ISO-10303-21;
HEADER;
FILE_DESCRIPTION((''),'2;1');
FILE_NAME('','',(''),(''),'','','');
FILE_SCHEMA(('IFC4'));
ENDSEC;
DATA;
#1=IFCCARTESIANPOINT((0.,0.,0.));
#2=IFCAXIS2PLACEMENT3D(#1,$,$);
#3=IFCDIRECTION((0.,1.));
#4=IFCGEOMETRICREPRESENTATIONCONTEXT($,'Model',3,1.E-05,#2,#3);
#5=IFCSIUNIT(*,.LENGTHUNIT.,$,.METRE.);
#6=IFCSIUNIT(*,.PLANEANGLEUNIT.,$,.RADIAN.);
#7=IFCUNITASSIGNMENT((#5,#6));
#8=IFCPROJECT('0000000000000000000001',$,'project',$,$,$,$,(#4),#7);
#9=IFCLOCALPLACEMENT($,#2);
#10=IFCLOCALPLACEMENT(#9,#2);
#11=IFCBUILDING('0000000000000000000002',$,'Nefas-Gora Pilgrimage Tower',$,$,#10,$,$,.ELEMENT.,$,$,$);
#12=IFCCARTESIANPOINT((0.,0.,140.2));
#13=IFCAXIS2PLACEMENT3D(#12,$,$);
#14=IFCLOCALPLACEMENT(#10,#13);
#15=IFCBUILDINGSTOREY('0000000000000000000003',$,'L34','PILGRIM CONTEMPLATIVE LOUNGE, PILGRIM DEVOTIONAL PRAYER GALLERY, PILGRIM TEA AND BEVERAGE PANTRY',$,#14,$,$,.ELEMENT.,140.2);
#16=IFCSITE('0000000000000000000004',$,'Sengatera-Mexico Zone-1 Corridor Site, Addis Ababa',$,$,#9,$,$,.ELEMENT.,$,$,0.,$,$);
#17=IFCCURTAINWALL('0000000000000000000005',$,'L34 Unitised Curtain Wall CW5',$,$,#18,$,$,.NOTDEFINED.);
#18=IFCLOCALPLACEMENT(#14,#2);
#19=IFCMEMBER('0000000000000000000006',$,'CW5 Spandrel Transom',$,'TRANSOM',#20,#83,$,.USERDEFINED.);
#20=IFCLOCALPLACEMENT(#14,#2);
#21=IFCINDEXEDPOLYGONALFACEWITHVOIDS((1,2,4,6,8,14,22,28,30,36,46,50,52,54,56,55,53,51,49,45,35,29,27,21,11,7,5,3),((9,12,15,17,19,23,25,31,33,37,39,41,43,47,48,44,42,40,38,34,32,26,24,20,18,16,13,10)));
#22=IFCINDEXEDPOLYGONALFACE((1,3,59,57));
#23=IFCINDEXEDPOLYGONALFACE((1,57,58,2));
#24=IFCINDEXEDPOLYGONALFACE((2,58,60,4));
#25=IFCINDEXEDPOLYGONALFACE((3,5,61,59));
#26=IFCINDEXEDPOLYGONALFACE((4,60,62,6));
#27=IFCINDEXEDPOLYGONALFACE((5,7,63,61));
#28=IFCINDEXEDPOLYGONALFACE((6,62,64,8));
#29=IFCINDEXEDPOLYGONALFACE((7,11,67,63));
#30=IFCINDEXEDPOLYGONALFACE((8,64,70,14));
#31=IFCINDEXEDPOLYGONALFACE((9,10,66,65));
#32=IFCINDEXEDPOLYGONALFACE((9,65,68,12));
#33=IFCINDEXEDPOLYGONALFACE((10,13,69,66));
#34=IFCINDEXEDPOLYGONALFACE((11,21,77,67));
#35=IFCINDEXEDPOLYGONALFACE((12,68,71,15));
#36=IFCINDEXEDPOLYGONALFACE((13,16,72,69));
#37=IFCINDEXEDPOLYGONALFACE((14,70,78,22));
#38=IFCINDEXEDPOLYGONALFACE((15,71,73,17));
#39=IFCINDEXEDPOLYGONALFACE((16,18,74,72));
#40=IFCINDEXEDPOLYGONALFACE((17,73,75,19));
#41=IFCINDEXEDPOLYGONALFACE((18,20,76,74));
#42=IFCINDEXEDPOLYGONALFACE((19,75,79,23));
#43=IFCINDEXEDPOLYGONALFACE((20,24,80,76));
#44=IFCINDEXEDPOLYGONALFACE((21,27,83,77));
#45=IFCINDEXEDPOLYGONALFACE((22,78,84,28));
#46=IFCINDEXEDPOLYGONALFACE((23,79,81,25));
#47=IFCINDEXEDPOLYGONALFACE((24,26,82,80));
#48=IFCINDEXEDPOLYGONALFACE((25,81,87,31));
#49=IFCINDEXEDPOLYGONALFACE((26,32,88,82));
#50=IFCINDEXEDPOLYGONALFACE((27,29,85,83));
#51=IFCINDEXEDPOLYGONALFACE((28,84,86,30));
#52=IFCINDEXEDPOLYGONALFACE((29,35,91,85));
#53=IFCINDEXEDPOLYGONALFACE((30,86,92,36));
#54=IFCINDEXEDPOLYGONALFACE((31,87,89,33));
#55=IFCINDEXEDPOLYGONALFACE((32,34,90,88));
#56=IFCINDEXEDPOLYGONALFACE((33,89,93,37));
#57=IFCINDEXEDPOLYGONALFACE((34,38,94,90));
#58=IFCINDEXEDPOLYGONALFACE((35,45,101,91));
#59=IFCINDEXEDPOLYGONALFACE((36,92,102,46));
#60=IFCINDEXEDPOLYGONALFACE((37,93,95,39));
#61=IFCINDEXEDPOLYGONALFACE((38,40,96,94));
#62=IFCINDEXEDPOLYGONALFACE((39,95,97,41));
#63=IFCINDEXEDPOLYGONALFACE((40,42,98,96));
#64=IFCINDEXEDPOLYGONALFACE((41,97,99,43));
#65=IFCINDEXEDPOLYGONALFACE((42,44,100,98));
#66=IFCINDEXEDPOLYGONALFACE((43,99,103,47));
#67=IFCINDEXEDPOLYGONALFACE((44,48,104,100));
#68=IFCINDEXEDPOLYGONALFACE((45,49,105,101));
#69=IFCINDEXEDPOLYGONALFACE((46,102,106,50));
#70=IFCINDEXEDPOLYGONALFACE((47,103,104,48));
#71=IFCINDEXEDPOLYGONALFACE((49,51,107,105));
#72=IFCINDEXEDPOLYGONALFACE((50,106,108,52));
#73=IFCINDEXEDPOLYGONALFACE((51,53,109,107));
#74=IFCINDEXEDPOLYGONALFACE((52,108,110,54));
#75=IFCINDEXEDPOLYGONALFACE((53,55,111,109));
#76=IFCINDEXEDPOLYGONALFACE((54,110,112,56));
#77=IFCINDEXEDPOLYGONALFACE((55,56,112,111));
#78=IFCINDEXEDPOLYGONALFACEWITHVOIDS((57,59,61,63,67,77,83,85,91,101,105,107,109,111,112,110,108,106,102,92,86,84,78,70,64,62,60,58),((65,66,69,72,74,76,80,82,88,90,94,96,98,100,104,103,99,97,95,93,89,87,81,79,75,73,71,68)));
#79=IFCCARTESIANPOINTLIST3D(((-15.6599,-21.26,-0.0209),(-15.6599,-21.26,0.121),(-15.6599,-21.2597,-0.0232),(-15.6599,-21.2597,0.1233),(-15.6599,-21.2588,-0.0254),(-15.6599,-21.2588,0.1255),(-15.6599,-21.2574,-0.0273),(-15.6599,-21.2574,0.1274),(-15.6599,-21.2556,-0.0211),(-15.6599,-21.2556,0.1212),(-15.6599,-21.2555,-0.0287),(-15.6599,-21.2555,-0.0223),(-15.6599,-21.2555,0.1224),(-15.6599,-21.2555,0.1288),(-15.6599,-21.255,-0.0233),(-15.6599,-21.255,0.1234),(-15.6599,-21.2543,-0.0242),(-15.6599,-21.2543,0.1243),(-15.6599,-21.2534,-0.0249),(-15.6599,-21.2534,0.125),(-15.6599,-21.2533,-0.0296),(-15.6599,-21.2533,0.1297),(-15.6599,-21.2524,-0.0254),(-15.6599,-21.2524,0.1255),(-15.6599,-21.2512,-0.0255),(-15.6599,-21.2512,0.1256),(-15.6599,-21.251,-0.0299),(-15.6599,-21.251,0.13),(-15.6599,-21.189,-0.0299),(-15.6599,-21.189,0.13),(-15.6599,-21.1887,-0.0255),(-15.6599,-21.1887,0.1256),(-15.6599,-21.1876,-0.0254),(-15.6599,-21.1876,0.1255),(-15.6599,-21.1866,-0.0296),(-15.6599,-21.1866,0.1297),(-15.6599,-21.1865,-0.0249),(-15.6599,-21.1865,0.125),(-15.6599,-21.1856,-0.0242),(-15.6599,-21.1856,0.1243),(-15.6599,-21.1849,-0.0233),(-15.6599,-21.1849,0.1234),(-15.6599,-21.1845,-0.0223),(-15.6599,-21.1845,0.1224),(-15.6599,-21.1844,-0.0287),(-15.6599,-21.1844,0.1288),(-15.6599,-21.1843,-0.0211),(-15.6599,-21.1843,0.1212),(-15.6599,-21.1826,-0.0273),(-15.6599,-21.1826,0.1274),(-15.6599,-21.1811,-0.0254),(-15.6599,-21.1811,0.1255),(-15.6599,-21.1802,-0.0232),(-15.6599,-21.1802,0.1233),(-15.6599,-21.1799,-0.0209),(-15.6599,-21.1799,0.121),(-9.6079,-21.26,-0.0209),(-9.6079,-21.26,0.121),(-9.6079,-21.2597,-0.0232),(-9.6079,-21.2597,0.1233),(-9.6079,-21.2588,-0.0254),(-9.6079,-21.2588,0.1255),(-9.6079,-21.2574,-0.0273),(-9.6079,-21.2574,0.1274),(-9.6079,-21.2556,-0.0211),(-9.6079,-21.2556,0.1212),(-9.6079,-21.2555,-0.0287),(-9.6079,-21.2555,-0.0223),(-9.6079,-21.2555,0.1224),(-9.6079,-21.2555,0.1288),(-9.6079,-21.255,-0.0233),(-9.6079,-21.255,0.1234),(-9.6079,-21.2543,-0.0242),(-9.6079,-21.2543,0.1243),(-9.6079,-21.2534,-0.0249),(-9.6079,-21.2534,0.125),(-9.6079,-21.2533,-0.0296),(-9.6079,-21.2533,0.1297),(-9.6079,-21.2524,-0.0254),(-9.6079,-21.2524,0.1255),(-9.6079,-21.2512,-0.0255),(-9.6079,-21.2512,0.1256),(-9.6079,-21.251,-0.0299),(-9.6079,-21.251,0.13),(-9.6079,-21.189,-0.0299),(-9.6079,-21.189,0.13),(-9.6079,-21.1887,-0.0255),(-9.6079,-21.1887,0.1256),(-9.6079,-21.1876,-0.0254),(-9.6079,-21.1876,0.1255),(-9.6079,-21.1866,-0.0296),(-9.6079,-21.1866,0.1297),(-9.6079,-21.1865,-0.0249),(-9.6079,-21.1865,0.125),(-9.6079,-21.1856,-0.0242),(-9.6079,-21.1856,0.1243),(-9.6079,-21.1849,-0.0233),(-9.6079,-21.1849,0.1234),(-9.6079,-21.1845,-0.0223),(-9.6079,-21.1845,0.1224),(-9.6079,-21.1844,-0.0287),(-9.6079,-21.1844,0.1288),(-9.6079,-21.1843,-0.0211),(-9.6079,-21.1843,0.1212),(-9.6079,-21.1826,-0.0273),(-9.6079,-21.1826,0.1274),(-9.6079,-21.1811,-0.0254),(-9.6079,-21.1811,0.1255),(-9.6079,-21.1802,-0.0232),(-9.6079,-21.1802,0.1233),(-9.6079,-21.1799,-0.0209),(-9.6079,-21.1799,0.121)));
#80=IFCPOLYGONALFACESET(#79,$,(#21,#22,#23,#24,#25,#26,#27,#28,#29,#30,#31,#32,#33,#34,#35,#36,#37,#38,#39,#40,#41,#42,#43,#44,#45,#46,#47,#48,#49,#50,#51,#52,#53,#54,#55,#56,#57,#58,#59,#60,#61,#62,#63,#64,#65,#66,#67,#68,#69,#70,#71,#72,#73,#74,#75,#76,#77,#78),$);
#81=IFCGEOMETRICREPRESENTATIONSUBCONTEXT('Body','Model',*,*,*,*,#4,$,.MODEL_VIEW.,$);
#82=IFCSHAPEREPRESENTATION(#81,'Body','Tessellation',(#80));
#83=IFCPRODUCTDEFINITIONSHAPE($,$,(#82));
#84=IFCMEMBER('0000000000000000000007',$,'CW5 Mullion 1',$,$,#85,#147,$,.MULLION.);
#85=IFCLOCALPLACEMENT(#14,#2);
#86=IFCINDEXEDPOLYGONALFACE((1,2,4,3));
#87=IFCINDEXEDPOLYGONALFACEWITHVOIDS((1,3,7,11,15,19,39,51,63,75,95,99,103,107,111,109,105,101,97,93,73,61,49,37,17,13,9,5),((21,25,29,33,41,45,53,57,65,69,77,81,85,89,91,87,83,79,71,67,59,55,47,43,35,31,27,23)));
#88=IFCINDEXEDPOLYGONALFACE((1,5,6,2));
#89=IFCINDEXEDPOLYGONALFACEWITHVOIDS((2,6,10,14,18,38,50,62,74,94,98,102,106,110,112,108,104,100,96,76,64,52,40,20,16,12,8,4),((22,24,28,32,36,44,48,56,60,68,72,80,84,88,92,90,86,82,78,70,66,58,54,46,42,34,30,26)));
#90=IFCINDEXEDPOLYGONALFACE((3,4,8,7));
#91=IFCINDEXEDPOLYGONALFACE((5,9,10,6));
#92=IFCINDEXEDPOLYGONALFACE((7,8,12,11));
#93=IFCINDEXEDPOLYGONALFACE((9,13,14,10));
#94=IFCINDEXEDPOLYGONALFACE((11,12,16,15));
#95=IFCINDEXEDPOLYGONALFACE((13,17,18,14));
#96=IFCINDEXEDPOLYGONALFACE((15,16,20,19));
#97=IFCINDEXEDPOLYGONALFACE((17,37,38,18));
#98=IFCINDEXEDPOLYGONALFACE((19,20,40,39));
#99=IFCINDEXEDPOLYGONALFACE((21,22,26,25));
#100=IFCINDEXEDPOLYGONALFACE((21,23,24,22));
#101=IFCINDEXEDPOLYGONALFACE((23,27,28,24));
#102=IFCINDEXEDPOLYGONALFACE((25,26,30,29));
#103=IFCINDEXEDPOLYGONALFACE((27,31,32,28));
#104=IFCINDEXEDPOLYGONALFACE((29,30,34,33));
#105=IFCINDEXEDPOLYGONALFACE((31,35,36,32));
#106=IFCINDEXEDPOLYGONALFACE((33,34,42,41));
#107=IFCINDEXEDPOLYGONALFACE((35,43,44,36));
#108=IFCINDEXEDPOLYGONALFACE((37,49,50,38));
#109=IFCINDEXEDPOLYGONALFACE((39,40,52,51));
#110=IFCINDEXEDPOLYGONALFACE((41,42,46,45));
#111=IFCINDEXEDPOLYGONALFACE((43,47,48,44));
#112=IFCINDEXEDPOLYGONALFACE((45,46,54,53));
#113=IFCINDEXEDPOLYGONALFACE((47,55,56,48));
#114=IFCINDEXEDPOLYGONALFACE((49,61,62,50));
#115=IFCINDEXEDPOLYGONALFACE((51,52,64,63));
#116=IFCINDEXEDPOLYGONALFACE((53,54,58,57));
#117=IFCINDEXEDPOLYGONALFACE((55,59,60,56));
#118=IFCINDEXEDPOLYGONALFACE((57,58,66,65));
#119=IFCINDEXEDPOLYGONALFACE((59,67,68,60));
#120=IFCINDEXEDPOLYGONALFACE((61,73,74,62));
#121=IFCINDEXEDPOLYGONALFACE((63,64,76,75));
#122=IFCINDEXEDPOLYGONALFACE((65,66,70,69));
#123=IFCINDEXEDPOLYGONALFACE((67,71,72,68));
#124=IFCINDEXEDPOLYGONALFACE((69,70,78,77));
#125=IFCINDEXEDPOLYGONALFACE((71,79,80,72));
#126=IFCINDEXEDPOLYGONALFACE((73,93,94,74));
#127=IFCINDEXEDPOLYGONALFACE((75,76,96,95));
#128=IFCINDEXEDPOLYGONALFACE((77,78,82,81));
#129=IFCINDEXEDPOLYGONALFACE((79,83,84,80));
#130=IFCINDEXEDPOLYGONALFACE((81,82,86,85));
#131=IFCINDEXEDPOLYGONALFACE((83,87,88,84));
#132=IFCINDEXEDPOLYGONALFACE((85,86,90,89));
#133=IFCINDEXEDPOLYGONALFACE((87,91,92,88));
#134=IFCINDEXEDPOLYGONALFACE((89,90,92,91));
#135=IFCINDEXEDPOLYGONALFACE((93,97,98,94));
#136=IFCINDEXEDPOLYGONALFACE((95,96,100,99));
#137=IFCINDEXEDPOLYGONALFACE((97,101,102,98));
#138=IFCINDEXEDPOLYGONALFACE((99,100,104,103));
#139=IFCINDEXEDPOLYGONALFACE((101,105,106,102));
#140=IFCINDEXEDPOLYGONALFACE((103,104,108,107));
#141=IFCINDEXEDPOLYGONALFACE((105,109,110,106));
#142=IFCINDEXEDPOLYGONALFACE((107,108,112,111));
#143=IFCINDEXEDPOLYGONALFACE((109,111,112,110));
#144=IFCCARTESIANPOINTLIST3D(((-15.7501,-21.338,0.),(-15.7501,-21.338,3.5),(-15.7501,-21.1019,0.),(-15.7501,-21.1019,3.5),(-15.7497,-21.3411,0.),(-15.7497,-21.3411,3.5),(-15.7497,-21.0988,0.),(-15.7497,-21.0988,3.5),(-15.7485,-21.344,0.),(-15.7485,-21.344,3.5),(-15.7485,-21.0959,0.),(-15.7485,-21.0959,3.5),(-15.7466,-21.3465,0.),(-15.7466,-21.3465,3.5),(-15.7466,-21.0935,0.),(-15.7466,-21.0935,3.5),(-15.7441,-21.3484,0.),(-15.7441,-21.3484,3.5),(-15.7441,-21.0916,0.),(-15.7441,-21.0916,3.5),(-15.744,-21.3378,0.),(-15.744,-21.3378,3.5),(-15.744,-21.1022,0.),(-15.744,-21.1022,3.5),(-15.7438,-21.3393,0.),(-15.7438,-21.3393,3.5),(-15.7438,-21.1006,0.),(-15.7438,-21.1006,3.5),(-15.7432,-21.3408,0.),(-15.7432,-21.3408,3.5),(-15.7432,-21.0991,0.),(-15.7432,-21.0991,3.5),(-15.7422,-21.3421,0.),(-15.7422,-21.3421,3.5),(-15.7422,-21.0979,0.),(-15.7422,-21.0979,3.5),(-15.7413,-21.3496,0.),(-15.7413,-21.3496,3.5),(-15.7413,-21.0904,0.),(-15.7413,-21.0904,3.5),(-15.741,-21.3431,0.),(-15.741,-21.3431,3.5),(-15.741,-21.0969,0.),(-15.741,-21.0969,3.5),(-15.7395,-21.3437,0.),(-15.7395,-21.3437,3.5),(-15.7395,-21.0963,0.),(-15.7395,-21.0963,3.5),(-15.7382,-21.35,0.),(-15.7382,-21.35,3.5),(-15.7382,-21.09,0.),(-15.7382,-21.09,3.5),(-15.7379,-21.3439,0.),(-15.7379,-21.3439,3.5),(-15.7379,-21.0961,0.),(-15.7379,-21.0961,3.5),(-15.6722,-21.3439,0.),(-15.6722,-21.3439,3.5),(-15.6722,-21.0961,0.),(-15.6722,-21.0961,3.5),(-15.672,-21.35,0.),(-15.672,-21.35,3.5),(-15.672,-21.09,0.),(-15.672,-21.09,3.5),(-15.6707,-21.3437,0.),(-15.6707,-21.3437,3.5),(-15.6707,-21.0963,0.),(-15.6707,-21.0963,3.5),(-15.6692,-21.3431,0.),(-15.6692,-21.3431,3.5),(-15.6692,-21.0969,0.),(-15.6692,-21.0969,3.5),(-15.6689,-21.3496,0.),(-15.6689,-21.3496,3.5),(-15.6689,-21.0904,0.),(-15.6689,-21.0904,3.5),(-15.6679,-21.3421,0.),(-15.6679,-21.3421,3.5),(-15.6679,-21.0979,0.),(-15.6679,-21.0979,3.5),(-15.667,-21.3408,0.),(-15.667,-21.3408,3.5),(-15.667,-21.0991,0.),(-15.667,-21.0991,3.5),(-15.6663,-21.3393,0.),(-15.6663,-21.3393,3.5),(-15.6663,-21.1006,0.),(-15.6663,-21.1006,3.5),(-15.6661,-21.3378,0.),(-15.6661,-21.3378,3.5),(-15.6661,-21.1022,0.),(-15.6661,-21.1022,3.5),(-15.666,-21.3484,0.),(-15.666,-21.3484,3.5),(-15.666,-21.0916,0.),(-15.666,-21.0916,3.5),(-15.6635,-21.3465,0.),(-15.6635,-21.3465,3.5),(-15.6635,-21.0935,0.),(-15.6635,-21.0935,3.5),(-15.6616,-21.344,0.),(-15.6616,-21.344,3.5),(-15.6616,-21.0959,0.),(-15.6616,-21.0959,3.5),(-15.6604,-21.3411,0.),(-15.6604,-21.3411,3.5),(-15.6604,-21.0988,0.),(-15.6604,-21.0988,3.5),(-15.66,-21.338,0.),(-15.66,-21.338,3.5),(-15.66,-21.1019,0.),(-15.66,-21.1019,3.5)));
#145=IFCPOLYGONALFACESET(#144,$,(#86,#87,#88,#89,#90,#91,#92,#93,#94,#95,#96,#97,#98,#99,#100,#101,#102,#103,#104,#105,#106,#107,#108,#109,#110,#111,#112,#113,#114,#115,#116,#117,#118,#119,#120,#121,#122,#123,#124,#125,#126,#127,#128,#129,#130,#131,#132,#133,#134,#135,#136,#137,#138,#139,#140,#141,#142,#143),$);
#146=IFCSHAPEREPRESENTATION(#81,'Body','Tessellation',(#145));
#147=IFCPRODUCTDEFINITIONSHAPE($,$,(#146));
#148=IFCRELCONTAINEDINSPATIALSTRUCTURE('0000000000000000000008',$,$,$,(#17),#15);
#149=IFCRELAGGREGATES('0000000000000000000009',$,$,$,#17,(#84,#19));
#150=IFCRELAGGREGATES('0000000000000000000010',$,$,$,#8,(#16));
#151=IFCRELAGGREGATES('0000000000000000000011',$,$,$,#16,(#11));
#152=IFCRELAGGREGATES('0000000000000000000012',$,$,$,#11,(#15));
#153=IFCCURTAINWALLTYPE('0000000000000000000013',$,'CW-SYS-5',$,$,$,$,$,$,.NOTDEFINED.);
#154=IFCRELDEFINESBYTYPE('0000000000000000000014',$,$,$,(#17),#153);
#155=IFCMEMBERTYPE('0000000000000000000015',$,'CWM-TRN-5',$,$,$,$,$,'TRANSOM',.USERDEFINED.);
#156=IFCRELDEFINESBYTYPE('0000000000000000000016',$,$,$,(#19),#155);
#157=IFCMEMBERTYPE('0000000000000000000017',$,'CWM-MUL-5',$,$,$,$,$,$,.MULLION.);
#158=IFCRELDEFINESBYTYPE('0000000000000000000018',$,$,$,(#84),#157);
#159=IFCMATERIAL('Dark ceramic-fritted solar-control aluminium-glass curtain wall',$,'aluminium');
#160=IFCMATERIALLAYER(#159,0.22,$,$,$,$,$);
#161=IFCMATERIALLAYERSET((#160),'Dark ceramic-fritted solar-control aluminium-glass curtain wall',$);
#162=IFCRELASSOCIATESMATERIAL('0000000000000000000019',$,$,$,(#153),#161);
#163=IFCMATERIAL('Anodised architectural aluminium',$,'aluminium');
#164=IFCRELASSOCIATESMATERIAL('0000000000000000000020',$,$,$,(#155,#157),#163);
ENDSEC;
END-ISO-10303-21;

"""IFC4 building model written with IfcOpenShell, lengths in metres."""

from ifc_helpers import new_model, si_unit, direction, frame, origin, origin_2d, place, context, subcontext, project, spatial, hollow_rectangle, extrude, source, transform, mapped, material, layer, layer_set, material_profile, profile_set, type_object, element, aggregate, save


model = new_model("IFC4")

# Units and contexts
model_context = context("Model", 3, precision=1e-05, world=origin(), true_north=direction((0.0, 1.0)))
body_context = subcontext(model_context, "Body", "Model", "MODEL_VIEW")
ifc_project = project(units=[si_unit("LENGTHUNIT", "METRE"), si_unit("PLANEANGLEUNIT", "RADIAN")], contexts=[model_context])

# Site, building, storey
site_placement = place(None, origin())
site = spatial("IfcSite", under=ifc_project, at=site_placement, Name="Sengatera-Mexico Zone-1 Corridor Site, Addis Ababa", CompositionType="ELEMENT", RefElevation=0.0)
building_placement = place(site_placement, origin())
building = spatial("IfcBuilding", under=site, at=building_placement, Name="Nefas-Gora Pilgrimage Tower", CompositionType="ELEMENT")
storey_placement = place(building_placement, frame((0.0, 0.0, 140.2)))
storey = spatial("IfcBuildingStorey", under=building, at=storey_placement, Name="L34", Description="PILGRIM CONTEMPLATIVE LOUNGE, PILGRIM DEVOTIONAL PRAYER GALLERY, PILGRIM TEA AND BEVERAGE PANTRY", CompositionType="ELEMENT", Elevation=140.2)

# Curtain wall, members
ifc_material_1 = material(Name="Dark ceramic-fritted solar-control aluminium-glass curtain wall", Category="aluminium")
ifc_layer_1 = layer(ifc_material_1, 0.22)
ifc_layer_set_1 = layer_set([ifc_layer_1], Name="Dark ceramic-fritted solar-control aluminium-glass curtain wall")
curtain_wall_type_1 = type_object("IfcCurtainWallType", Name="CW-SYS-5", PredefinedType="NOTDEFINED", material=ifc_layer_set_1)
curtain_wall_1_placement = place(storey_placement, origin())
curtain_wall_1 = element("IfcCurtainWall", 1, at=curtain_wall_1_placement, inside=storey, type_object=curtain_wall_type_1, Name="L34 Unitised Curtain Wall CW5", PredefinedType="NOTDEFINED")
ifc_material_2 = material(Name="Anodised architectural aluminium", Category="aluminium")
ifc_material_profile_1 = material_profile(ifc_material_2, hollow_rectangle(XDim=0.0801, YDim=0.1599, WallThickness=0.0044, InnerFilletRadius=0.0044, OuterFilletRadius=0.009, at=origin_2d()), Name="ALU TRANSOM 80x160")
ifc_profile_set_1 = profile_set([ifc_material_profile_1], Name="Anodised architectural aluminium")
member_type_1 = type_object("IfcMemberType", Name="CWM-TRN-5", ElementType="TRANSOM", PredefinedType="USERDEFINED", material=ifc_profile_set_1)
shared_shape_1 = source(origin(), body_context, "Body", "SweptSolid", [
    extrude(hollow_rectangle(XDim=0.0801, YDim=0.1599, WallThickness=0.0044, InnerFilletRadius=0.0044, OuterFilletRadius=0.009, at=origin_2d()), origin(), (0.0, 0.0, 1.0), 6.052),
])
member_1_placement = place(storey_placement, frame((-15.6599, -21.22, 0.05), z_axis=(1.0, 0.0, 0.0), x_axis=(0.0, 1.0, 0.0)))
member_1 = element("IfcMember", 2, at=member_1_placement, type_object=member_type_1, Name="CW5 Spandrel Transom", ObjectType="TRANSOM", PredefinedType="USERDEFINED", context=body_context, shape_type="MappedRepresentation", body=[
    mapped(shared_shape_1, transform((0.0, 0.0, 0.0), x_axis=(1.0, 0.0, 0.0), y_axis=(0.0, 1.0, 0.0), z_axis=(0.0, 0.0, 1.0), scale=1.0)),
])
ifc_material_profile_2 = material_profile(ifc_material_2, hollow_rectangle(XDim=0.0901, YDim=0.26, WallThickness=0.0061, InnerFilletRadius=0.0061, OuterFilletRadius=0.012, at=origin_2d()), Name="ALU MULLION 90x260")
ifc_profile_set_2 = profile_set([ifc_material_profile_2], Name="Anodised architectural aluminium")
member_type_2 = type_object("IfcMemberType", Name="CWM-MUL-5", PredefinedType="MULLION", material=ifc_profile_set_2)
shared_shape_2 = source(origin(), body_context, "Body", "SweptSolid", [
    extrude(hollow_rectangle(XDim=0.0901, YDim=0.26, WallThickness=0.0061, InnerFilletRadius=0.0061, OuterFilletRadius=0.012, at=origin_2d()), origin(), (0.0, 0.0, 1.0), 3.5),
])
member_2_placement = place(storey_placement, frame((-15.7051, -21.22, 0.0), z_axis=(0.0, 0.0, 1.0), x_axis=(1.0, 0.0, 0.0)))
member_2 = element("IfcMember", 3, at=member_2_placement, type_object=member_type_2, Name="CW5 Mullion 1", PredefinedType="MULLION", context=body_context, shape_type="MappedRepresentation", body=[
    mapped(shared_shape_2, transform((0.0, 0.0, 0.0), x_axis=(1.0, 0.0, 0.0), y_axis=(0.0, 1.0, 0.0), z_axis=(0.0, 0.0, 1.0), scale=1.0)),
])

aggregate(curtain_wall_1, [member_2, member_1])

save(model, "model.ifc")
